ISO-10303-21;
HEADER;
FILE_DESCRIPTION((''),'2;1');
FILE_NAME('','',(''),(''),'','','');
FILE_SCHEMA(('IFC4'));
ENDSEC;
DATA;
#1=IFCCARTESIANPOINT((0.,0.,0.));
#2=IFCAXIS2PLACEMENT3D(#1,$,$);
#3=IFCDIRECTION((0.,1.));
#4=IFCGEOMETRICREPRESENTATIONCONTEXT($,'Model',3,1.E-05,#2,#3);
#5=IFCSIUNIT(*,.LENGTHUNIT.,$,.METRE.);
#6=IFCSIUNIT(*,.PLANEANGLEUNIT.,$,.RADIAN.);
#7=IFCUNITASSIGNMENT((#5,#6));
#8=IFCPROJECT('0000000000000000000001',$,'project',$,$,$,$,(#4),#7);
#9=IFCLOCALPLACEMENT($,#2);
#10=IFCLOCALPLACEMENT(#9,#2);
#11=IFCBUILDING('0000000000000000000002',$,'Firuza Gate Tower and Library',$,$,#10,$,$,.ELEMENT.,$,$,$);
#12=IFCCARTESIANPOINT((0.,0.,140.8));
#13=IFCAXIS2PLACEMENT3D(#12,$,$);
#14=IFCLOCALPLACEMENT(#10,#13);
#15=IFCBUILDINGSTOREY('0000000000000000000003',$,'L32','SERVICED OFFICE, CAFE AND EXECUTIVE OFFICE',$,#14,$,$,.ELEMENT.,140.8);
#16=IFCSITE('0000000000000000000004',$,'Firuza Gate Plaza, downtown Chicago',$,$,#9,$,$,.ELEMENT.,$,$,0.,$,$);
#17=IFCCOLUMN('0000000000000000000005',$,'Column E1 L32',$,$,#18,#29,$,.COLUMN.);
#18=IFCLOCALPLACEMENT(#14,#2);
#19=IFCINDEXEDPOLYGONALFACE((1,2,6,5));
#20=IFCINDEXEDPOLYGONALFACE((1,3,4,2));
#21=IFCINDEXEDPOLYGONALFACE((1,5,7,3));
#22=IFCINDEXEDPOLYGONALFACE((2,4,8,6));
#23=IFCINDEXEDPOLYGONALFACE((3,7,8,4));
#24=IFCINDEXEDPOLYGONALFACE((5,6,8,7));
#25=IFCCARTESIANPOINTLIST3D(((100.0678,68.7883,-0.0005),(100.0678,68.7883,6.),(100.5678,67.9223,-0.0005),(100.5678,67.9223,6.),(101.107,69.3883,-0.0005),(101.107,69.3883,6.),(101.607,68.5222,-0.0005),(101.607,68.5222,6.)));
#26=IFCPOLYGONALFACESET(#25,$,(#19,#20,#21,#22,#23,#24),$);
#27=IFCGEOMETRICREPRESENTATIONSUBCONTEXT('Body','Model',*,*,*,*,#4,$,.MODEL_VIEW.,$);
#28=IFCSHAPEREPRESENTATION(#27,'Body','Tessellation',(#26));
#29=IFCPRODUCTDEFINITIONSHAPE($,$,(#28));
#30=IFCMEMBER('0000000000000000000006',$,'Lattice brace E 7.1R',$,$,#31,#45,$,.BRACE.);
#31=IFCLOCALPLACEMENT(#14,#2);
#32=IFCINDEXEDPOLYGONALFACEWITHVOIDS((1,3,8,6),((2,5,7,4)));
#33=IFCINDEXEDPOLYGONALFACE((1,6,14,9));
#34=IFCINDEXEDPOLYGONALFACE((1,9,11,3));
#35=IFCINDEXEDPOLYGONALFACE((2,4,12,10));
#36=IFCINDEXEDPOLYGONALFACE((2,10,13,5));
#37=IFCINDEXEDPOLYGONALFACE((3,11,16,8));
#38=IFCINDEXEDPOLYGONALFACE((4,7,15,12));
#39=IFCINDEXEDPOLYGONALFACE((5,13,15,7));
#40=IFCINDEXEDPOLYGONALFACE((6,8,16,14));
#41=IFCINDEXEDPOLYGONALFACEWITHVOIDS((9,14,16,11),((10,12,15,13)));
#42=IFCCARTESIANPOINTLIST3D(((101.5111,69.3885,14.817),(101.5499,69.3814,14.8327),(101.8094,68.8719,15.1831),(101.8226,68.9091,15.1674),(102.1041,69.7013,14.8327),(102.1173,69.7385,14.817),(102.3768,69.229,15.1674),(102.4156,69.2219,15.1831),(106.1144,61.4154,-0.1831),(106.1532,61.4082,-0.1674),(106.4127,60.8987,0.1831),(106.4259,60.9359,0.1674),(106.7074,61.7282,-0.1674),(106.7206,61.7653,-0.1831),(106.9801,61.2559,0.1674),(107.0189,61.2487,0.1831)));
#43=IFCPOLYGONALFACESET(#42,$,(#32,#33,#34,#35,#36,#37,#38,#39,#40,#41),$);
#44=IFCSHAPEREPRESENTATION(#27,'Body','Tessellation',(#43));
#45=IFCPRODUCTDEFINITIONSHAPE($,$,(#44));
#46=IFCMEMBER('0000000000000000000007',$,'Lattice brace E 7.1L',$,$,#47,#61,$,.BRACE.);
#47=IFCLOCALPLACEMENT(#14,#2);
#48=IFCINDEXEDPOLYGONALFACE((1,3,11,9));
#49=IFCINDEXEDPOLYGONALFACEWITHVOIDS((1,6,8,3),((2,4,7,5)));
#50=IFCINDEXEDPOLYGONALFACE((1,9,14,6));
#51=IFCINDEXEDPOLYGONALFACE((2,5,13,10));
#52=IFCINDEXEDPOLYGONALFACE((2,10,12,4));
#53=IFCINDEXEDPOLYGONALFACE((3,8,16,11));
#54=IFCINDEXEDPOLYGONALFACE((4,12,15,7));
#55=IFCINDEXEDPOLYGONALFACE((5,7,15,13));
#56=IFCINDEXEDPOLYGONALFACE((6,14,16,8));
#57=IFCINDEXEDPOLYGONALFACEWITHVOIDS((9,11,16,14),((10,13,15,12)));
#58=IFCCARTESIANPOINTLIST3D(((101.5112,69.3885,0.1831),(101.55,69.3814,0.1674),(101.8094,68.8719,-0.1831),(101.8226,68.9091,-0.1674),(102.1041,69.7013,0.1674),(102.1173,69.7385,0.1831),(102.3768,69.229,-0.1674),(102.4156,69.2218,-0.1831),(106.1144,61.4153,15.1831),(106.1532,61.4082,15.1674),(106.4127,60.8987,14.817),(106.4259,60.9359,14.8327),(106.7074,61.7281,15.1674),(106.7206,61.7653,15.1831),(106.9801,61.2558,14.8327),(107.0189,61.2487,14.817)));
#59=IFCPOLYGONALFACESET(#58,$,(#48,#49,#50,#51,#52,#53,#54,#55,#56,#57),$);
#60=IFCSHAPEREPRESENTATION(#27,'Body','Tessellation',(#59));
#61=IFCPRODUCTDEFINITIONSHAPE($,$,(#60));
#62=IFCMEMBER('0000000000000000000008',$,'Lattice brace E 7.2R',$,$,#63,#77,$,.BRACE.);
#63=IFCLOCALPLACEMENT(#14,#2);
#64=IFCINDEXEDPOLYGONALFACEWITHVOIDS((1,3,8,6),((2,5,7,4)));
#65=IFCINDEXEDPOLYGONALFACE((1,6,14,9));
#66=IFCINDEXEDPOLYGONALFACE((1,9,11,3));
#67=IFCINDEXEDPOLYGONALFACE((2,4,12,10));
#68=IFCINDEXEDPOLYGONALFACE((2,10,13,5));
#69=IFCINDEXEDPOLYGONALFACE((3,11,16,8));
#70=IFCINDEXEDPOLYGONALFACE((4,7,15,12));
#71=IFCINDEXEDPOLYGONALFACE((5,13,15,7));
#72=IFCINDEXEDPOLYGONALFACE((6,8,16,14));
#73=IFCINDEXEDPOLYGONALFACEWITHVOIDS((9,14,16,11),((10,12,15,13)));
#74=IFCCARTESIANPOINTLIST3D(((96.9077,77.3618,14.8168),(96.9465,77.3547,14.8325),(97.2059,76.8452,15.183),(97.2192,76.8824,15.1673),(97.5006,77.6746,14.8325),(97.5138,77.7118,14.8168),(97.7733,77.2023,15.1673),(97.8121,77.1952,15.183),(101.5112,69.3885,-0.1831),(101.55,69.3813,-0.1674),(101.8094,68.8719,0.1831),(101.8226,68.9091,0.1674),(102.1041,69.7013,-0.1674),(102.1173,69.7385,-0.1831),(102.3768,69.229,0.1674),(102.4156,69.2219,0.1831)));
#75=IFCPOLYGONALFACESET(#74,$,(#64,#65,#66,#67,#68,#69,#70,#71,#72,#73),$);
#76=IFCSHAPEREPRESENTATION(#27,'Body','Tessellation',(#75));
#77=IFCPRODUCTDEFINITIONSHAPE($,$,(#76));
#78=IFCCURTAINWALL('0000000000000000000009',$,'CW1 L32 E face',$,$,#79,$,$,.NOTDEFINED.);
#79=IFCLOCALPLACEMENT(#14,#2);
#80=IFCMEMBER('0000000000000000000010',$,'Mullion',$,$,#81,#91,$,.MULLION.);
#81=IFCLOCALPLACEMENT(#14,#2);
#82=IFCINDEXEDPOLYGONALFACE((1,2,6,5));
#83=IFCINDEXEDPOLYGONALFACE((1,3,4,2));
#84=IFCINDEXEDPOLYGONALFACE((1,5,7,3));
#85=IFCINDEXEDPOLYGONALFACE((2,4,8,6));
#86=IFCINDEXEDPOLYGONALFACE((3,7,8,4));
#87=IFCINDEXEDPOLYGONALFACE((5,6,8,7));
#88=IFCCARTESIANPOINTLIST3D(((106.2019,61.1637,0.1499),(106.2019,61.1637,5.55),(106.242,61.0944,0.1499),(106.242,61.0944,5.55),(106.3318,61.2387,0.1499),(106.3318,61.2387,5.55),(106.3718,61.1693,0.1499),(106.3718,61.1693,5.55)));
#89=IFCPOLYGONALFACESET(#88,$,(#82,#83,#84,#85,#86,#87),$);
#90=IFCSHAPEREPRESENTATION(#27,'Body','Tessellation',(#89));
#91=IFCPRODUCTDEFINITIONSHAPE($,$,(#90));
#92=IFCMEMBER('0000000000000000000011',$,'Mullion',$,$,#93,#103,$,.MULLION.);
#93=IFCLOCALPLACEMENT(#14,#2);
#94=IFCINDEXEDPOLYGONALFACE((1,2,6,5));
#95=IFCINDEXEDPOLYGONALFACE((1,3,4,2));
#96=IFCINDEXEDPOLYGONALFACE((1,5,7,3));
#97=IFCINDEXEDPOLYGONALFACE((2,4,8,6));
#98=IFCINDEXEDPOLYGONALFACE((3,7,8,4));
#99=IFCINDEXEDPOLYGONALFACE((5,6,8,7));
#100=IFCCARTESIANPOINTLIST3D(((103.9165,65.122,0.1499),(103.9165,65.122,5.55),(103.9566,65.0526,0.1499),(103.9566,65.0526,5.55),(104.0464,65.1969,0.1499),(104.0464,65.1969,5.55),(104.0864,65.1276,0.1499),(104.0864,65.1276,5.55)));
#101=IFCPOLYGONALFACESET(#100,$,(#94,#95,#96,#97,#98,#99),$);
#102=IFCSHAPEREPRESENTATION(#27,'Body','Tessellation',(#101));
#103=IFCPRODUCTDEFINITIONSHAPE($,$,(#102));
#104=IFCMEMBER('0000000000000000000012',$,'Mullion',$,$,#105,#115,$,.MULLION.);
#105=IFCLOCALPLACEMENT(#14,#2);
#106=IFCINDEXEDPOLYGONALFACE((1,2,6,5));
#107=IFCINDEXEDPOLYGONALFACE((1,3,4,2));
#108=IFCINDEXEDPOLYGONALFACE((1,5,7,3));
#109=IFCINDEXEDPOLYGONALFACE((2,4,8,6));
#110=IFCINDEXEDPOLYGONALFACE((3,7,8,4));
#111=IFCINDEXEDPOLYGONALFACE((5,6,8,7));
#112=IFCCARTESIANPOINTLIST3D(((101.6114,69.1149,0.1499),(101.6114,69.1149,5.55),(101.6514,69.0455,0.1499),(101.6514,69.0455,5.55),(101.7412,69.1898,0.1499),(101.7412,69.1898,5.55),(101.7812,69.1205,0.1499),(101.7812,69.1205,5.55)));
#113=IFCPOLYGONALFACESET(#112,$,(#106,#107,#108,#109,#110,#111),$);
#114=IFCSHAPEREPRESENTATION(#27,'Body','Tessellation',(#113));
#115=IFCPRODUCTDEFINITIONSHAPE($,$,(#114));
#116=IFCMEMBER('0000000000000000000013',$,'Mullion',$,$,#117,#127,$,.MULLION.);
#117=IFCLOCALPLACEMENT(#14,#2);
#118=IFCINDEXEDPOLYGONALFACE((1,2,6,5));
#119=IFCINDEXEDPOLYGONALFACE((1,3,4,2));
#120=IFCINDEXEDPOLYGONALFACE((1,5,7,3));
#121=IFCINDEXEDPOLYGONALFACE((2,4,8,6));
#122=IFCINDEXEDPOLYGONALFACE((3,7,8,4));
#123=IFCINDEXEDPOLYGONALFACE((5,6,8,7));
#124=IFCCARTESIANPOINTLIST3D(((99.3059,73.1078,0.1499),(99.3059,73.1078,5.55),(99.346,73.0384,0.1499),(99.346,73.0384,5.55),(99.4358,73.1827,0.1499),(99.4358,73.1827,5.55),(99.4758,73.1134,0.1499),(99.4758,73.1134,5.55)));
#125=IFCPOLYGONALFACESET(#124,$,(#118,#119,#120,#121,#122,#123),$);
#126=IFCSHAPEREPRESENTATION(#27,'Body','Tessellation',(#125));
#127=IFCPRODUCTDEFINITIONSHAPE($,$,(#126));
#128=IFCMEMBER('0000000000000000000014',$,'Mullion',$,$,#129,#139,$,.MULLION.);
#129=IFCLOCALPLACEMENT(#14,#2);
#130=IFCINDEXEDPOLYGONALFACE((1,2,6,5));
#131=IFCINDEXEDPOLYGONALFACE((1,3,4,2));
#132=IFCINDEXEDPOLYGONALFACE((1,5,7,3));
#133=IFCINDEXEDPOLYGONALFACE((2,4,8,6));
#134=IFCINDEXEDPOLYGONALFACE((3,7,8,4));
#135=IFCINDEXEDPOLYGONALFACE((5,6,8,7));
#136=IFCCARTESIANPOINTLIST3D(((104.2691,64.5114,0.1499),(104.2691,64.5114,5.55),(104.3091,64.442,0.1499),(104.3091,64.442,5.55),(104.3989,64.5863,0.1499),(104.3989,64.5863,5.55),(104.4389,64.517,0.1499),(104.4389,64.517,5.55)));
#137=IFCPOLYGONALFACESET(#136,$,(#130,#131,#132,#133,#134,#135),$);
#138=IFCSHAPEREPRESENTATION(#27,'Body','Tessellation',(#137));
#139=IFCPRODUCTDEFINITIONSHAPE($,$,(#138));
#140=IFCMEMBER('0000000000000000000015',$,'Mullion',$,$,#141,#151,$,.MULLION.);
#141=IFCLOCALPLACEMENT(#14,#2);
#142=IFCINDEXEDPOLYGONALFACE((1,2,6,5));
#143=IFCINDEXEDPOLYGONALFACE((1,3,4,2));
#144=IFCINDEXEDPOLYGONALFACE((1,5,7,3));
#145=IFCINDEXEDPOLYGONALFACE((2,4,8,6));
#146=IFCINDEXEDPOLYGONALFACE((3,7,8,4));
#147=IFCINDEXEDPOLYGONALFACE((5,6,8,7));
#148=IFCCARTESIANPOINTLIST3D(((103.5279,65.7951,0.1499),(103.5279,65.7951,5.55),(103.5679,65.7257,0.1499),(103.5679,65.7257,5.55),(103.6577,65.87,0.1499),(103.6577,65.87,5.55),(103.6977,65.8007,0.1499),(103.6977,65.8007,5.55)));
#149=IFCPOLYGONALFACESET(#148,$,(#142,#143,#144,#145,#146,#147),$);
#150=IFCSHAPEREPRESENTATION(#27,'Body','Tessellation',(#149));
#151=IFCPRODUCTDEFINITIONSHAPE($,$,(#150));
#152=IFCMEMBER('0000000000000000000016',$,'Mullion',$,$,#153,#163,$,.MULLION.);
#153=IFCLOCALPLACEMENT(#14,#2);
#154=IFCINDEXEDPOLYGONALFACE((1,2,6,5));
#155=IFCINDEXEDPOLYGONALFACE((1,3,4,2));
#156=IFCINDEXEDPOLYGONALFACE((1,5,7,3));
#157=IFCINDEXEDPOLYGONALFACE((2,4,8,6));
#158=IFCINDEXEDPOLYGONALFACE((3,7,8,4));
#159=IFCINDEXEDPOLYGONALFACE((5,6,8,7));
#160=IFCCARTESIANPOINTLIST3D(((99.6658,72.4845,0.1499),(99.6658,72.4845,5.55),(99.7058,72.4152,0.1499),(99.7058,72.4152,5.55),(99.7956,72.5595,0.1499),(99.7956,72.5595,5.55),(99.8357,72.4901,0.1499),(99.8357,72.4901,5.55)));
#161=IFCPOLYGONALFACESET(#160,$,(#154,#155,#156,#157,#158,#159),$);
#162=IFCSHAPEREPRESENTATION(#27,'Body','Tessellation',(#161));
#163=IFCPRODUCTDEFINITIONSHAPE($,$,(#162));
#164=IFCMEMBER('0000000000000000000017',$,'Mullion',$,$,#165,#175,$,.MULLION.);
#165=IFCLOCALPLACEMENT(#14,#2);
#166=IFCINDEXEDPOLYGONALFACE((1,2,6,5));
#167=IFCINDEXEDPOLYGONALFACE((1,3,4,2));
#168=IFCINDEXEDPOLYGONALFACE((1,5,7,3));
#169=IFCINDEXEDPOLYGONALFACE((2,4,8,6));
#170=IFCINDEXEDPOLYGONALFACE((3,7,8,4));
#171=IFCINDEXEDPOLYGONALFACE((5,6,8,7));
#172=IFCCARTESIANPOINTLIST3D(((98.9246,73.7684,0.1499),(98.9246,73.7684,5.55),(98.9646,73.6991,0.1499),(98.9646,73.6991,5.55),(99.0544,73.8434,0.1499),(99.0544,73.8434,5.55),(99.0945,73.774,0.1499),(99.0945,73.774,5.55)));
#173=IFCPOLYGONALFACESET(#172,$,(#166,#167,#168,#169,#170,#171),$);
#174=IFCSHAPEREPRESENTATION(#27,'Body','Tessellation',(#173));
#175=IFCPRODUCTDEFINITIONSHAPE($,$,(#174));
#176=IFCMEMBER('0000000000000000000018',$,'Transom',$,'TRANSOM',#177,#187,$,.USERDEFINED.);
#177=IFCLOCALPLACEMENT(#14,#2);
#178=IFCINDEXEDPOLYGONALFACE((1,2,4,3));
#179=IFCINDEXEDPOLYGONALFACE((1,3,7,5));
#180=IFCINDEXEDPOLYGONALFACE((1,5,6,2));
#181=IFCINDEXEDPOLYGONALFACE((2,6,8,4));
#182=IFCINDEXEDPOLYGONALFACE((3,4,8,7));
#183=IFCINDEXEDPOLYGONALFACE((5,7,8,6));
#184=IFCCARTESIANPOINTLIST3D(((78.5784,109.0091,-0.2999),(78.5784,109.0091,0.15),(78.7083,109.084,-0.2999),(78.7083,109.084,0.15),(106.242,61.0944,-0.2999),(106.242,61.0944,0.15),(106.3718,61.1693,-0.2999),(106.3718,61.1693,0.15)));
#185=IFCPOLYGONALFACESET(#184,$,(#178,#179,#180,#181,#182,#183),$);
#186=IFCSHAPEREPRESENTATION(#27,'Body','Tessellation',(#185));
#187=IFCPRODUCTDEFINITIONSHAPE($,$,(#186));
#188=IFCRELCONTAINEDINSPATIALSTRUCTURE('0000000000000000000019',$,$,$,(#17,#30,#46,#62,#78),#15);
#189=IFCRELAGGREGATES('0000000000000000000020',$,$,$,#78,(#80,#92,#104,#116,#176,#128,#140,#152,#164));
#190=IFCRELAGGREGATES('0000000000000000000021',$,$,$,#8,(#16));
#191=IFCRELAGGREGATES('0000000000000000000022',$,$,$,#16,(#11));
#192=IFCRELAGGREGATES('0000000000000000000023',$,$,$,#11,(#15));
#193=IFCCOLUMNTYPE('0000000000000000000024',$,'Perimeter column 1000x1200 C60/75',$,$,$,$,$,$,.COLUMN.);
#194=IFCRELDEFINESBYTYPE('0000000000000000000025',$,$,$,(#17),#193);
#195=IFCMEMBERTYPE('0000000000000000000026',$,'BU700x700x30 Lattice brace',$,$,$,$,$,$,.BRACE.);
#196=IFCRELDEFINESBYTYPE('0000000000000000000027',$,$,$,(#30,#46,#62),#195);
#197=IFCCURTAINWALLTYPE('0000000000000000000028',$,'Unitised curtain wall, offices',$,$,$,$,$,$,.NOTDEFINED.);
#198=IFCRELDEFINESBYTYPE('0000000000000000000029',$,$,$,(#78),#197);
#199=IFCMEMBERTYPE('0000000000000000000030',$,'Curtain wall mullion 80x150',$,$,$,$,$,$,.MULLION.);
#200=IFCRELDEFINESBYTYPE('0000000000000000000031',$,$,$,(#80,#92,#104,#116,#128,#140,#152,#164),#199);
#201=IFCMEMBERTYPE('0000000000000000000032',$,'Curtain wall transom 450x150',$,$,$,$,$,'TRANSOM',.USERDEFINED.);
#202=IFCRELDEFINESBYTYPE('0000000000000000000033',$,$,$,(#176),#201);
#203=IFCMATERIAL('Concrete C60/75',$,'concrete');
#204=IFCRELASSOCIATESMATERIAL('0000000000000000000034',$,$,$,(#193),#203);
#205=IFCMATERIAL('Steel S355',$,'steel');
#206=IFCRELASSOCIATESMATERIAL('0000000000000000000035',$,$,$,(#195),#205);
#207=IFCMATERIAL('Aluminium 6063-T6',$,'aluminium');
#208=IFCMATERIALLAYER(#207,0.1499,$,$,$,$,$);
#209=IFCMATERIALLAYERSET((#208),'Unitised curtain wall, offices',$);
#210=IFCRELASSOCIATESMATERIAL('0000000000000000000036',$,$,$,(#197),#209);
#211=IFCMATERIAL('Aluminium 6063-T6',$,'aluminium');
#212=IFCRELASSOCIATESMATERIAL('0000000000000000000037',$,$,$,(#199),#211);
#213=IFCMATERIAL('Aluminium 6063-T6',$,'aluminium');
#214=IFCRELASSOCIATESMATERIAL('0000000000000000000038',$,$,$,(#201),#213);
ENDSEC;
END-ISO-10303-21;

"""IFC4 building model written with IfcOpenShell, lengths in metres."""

from ifc_helpers import new_model, si_unit, direction, frame, origin, origin_2d, place, context, subcontext, project, spatial, rectangle, hollow_rectangle, extrude, material, layer, layer_set, material_profile, profile_set, type_object, element, aggregate, save


model = new_model("IFC4")

# Units and contexts
model_context = context("Model", 3, precision=1e-05, world=origin(), true_north=direction((0.0, 1.0)))
body_context = subcontext(model_context, "Body", "Model", "MODEL_VIEW")
ifc_project = project(units=[si_unit("LENGTHUNIT", "METRE"), si_unit("PLANEANGLEUNIT", "RADIAN")], contexts=[model_context])

# Site, building, storey
site_placement = place(None, origin())
site = spatial("IfcSite", under=ifc_project, at=site_placement, Name="Firuza Gate Plaza, downtown Chicago", CompositionType="ELEMENT", RefElevation=0.0)
building_placement = place(site_placement, origin())
building = spatial("IfcBuilding", under=site, at=building_placement, Name="Firuza Gate Tower and Library", CompositionType="ELEMENT")
storey_placement = place(building_placement, frame((0.0, 0.0, 140.8)))
storey = spatial("IfcBuildingStorey", under=building, at=storey_placement, Name="L32", Description="SERVICED OFFICE, CAFE AND EXECUTIVE OFFICE", CompositionType="ELEMENT", Elevation=140.8)

# Column
ifc_material_1 = material(Name="Concrete C60/75", Category="concrete")
ifc_material_profile_1 = material_profile(ifc_material_1, rectangle(XDim=1.0, YDim=1.2, at=origin_2d()))
ifc_profile_set_1 = profile_set([ifc_material_profile_1], Name="Concrete C60/75")
column_type = type_object("IfcColumnType", Name="Perimeter column 1000x1200 C60/75", PredefinedType="COLUMN", material=ifc_profile_set_1)
column_placement = place(storey_placement, frame((100.8374, 68.6553, -0.0005), z_axis=(0.0, 0.0, 1.0), x_axis=(-0.5, 0.866025, 0.0)))
element("IfcColumn", 1, at=column_placement, inside=storey, type_object=column_type, Name="Column E1 L32", PredefinedType="COLUMN", context=body_context, shape_type="SweptSolid", body=[
    extrude(rectangle(XDim=1.0, YDim=1.2, at=origin_2d()), origin(), (0.0, 0.0, 1.0), 6.0005),
])

# Members
ifc_material_2 = material(Name="Steel S355", Category="steel")
ifc_material_profile_2 = material_profile(ifc_material_2, hollow_rectangle(XDim=0.7, YDim=0.7, WallThickness=0.03, at=origin_2d()))
ifc_profile_set_2 = profile_set([ifc_material_profile_2], Name="Steel S355")
member_type_1 = type_object("IfcMemberType", Name="BU700x700x30 Lattice brace", PredefinedType="BRACE", material=ifc_profile_set_2)
for number, where, z_axis, x_axis, name in (
    (2, (106.5667, 61.332, 0.0), (-0.261549, 0.453019, 0.852271), (-0.866027, -0.499998, 0.0), "Lattice brace E 7.1R"),
    (3, (101.9634, 69.3052, 0.0), (0.261549, -0.453019, 0.852271), (0.866027, 0.499998, 0.0), "Lattice brace E 7.1L"),
    (4, (101.9634, 69.3052, 0.0), (-0.26156, 0.453028, 0.852263), (-0.866022, -0.500006, 0.0), "Lattice brace E 7.2R"),
):
    element("IfcMember", number, at=place(storey_placement, frame(where, z_axis=z_axis, x_axis=x_axis)), inside=storey, type_object=member_type_1, Name=name, PredefinedType="BRACE", context=body_context, shape_type="SweptSolid", body=[
        extrude(hollow_rectangle(XDim=0.7, YDim=0.7, WallThickness=0.03, at=origin_2d()), origin(), (0.0, 0.0, 1.0), 17.6001),
    ])

# Curtain wall, members
ifc_material_3 = material(Name="Aluminium 6063-T6", Category="aluminium")
ifc_layer_1 = layer(ifc_material_3, 0.1499)
ifc_layer_set_1 = layer_set([ifc_layer_1], Name="Unitised curtain wall, offices")
curtain_wall_type = type_object("IfcCurtainWallType", Name="Unitised curtain wall, offices", PredefinedType="NOTDEFINED", material=ifc_layer_set_1)
curtain_wall_placement = place(storey_placement, origin())
curtain_wall = element("IfcCurtainWall", 5, at=curtain_wall_placement, inside=storey, type_object=curtain_wall_type, Name="CW1 L32 E face", PredefinedType="NOTDEFINED")
ifc_material_4 = material(Name="Aluminium 6063-T6", Category="aluminium")
ifc_material_profile_3 = material_profile(ifc_material_4, rectangle(XDim=0.1499, YDim=0.0801, at=origin_2d()))
ifc_profile_set_3 = profile_set([ifc_material_profile_3], Name="Aluminium 6063-T6")
member_type_2 = type_object("IfcMemberType", Name="Curtain wall mullion 80x150", PredefinedType="MULLION", material=ifc_profile_set_3)
member_1_placement = place(storey_placement, frame((106.2869, 61.1665, 0.1499), z_axis=(0.0, 0.0, 1.0), x_axis=(-0.866025, -0.5, 0.0)))
member_1 = element("IfcMember", 6, at=member_1_placement, type_object=member_type_2, Name="Mullion", PredefinedType="MULLION", context=body_context, shape_type="SweptSolid", body=[
    extrude(rectangle(XDim=0.1499, YDim=0.0801, at=origin_2d()), origin(), (0.0, 0.0, 1.0), 5.4001),
])
member_2_placement = place(storey_placement, frame((104.0015, 65.1248, 0.1499), z_axis=(0.0, 0.0, 1.0), x_axis=(-0.866025, -0.5, 0.0)))
member_2 = element("IfcMember", 7, at=member_2_placement, type_object=member_type_2, Name="Mullion", PredefinedType="MULLION", context=body_context, shape_type="SweptSolid", body=[
    extrude(rectangle(XDim=0.1499, YDim=0.0801, at=origin_2d()), origin(), (0.0, 0.0, 1.0), 5.4001),
])
member_3_placement = place(storey_placement, frame((101.6963, 69.1177, 0.1499), z_axis=(0.0, 0.0, 1.0), x_axis=(-0.866025, -0.5, 0.0)))
member_3 = element("IfcMember", 8, at=member_3_placement, type_object=member_type_2, Name="Mullion", PredefinedType="MULLION", context=body_context, shape_type="SweptSolid", body=[
    extrude(rectangle(XDim=0.1499, YDim=0.0801, at=origin_2d()), origin(), (0.0, 0.0, 1.0), 5.4001),
])
member_4_placement = place(storey_placement, frame((99.3909, 73.1106, 0.1499), z_axis=(0.0, 0.0, 1.0), x_axis=(-0.866025, -0.5, 0.0)))
member_4 = element("IfcMember", 9, at=member_4_placement, type_object=member_type_2, Name="Mullion", PredefinedType="MULLION", context=body_context, shape_type="SweptSolid", body=[
    extrude(rectangle(XDim=0.1499, YDim=0.0801, at=origin_2d()), origin(), (0.0, 0.0, 1.0), 5.4001),
])
member_5_placement = place(storey_placement, frame((104.354, 64.5142, 0.1499), z_axis=(0.0, 0.0, 1.0), x_axis=(-0.866025, -0.5, 0.0)))
member_5 = element("IfcMember", 10, at=member_5_placement, type_object=member_type_2, Name="Mullion", PredefinedType="MULLION", context=body_context, shape_type="SweptSolid", body=[
    extrude(rectangle(XDim=0.1499, YDim=0.0801, at=origin_2d()), origin(), (0.0, 0.0, 1.0), 5.4001),
])
member_6_placement = place(storey_placement, frame((103.6128, 65.7979, 0.1499), z_axis=(0.0, 0.0, 1.0), x_axis=(-0.866025, -0.5, 0.0)))
member_6 = element("IfcMember", 11, at=member_6_placement, type_object=member_type_2, Name="Mullion", PredefinedType="MULLION", context=body_context, shape_type="SweptSolid", body=[
    extrude(rectangle(XDim=0.1499, YDim=0.0801, at=origin_2d()), origin(), (0.0, 0.0, 1.0), 5.4001),
])
member_7_placement = place(storey_placement, frame((99.7507, 72.4873, 0.1499), z_axis=(0.0, 0.0, 1.0), x_axis=(-0.866025, -0.5, 0.0)))
member_7 = element("IfcMember", 12, at=member_7_placement, type_object=member_type_2, Name="Mullion", PredefinedType="MULLION", context=body_context, shape_type="SweptSolid", body=[
    extrude(rectangle(XDim=0.1499, YDim=0.0801, at=origin_2d()), origin(), (0.0, 0.0, 1.0), 5.4001),
])
member_8_placement = place(storey_placement, frame((99.0095, 73.7712, 0.1499), z_axis=(0.0, 0.0, 1.0), x_axis=(-0.866025, -0.5, 0.0)))
member_8 = element("IfcMember", 13, at=member_8_placement, type_object=member_type_2, Name="Mullion", PredefinedType="MULLION", context=body_context, shape_type="SweptSolid", body=[
    extrude(rectangle(XDim=0.1499, YDim=0.0801, at=origin_2d()), origin(), (0.0, 0.0, 1.0), 5.4001),
])
ifc_material_5 = material(Name="Aluminium 6063-T6", Category="aluminium")
ifc_material_profile_4 = material_profile(ifc_material_5, rectangle(XDim=0.1499, YDim=0.45, at=origin_2d()))
ifc_profile_set_4 = profile_set([ifc_material_profile_4], Name="Aluminium 6063-T6")
member_type_3 = type_object("IfcMemberType", Name="Curtain wall transom 450x150", ElementType="TRANSOM", PredefinedType="USERDEFINED", material=ifc_profile_set_4)
member_9_placement = place(storey_placement, frame((106.3069, 61.1318, -0.075), z_axis=(-0.499999, 0.866026, 0.0), x_axis=(-0.866026, -0.499999, 0.0)))
member_9 = element("IfcMember", 14, at=member_9_placement, type_object=member_type_3, Name="Transom", ObjectType="TRANSOM", PredefinedType="USERDEFINED", context=body_context, shape_type="SweptSolid", body=[
    extrude(rectangle(XDim=0.1499, YDim=0.45, at=origin_2d()), origin(), (0.0, 0.0, 1.0), 55.3271),
])

aggregate(curtain_wall, [member_1, member_2, member_3, member_4, member_9, member_5, member_6, member_7, member_8])

save(model, "model.ifc")
